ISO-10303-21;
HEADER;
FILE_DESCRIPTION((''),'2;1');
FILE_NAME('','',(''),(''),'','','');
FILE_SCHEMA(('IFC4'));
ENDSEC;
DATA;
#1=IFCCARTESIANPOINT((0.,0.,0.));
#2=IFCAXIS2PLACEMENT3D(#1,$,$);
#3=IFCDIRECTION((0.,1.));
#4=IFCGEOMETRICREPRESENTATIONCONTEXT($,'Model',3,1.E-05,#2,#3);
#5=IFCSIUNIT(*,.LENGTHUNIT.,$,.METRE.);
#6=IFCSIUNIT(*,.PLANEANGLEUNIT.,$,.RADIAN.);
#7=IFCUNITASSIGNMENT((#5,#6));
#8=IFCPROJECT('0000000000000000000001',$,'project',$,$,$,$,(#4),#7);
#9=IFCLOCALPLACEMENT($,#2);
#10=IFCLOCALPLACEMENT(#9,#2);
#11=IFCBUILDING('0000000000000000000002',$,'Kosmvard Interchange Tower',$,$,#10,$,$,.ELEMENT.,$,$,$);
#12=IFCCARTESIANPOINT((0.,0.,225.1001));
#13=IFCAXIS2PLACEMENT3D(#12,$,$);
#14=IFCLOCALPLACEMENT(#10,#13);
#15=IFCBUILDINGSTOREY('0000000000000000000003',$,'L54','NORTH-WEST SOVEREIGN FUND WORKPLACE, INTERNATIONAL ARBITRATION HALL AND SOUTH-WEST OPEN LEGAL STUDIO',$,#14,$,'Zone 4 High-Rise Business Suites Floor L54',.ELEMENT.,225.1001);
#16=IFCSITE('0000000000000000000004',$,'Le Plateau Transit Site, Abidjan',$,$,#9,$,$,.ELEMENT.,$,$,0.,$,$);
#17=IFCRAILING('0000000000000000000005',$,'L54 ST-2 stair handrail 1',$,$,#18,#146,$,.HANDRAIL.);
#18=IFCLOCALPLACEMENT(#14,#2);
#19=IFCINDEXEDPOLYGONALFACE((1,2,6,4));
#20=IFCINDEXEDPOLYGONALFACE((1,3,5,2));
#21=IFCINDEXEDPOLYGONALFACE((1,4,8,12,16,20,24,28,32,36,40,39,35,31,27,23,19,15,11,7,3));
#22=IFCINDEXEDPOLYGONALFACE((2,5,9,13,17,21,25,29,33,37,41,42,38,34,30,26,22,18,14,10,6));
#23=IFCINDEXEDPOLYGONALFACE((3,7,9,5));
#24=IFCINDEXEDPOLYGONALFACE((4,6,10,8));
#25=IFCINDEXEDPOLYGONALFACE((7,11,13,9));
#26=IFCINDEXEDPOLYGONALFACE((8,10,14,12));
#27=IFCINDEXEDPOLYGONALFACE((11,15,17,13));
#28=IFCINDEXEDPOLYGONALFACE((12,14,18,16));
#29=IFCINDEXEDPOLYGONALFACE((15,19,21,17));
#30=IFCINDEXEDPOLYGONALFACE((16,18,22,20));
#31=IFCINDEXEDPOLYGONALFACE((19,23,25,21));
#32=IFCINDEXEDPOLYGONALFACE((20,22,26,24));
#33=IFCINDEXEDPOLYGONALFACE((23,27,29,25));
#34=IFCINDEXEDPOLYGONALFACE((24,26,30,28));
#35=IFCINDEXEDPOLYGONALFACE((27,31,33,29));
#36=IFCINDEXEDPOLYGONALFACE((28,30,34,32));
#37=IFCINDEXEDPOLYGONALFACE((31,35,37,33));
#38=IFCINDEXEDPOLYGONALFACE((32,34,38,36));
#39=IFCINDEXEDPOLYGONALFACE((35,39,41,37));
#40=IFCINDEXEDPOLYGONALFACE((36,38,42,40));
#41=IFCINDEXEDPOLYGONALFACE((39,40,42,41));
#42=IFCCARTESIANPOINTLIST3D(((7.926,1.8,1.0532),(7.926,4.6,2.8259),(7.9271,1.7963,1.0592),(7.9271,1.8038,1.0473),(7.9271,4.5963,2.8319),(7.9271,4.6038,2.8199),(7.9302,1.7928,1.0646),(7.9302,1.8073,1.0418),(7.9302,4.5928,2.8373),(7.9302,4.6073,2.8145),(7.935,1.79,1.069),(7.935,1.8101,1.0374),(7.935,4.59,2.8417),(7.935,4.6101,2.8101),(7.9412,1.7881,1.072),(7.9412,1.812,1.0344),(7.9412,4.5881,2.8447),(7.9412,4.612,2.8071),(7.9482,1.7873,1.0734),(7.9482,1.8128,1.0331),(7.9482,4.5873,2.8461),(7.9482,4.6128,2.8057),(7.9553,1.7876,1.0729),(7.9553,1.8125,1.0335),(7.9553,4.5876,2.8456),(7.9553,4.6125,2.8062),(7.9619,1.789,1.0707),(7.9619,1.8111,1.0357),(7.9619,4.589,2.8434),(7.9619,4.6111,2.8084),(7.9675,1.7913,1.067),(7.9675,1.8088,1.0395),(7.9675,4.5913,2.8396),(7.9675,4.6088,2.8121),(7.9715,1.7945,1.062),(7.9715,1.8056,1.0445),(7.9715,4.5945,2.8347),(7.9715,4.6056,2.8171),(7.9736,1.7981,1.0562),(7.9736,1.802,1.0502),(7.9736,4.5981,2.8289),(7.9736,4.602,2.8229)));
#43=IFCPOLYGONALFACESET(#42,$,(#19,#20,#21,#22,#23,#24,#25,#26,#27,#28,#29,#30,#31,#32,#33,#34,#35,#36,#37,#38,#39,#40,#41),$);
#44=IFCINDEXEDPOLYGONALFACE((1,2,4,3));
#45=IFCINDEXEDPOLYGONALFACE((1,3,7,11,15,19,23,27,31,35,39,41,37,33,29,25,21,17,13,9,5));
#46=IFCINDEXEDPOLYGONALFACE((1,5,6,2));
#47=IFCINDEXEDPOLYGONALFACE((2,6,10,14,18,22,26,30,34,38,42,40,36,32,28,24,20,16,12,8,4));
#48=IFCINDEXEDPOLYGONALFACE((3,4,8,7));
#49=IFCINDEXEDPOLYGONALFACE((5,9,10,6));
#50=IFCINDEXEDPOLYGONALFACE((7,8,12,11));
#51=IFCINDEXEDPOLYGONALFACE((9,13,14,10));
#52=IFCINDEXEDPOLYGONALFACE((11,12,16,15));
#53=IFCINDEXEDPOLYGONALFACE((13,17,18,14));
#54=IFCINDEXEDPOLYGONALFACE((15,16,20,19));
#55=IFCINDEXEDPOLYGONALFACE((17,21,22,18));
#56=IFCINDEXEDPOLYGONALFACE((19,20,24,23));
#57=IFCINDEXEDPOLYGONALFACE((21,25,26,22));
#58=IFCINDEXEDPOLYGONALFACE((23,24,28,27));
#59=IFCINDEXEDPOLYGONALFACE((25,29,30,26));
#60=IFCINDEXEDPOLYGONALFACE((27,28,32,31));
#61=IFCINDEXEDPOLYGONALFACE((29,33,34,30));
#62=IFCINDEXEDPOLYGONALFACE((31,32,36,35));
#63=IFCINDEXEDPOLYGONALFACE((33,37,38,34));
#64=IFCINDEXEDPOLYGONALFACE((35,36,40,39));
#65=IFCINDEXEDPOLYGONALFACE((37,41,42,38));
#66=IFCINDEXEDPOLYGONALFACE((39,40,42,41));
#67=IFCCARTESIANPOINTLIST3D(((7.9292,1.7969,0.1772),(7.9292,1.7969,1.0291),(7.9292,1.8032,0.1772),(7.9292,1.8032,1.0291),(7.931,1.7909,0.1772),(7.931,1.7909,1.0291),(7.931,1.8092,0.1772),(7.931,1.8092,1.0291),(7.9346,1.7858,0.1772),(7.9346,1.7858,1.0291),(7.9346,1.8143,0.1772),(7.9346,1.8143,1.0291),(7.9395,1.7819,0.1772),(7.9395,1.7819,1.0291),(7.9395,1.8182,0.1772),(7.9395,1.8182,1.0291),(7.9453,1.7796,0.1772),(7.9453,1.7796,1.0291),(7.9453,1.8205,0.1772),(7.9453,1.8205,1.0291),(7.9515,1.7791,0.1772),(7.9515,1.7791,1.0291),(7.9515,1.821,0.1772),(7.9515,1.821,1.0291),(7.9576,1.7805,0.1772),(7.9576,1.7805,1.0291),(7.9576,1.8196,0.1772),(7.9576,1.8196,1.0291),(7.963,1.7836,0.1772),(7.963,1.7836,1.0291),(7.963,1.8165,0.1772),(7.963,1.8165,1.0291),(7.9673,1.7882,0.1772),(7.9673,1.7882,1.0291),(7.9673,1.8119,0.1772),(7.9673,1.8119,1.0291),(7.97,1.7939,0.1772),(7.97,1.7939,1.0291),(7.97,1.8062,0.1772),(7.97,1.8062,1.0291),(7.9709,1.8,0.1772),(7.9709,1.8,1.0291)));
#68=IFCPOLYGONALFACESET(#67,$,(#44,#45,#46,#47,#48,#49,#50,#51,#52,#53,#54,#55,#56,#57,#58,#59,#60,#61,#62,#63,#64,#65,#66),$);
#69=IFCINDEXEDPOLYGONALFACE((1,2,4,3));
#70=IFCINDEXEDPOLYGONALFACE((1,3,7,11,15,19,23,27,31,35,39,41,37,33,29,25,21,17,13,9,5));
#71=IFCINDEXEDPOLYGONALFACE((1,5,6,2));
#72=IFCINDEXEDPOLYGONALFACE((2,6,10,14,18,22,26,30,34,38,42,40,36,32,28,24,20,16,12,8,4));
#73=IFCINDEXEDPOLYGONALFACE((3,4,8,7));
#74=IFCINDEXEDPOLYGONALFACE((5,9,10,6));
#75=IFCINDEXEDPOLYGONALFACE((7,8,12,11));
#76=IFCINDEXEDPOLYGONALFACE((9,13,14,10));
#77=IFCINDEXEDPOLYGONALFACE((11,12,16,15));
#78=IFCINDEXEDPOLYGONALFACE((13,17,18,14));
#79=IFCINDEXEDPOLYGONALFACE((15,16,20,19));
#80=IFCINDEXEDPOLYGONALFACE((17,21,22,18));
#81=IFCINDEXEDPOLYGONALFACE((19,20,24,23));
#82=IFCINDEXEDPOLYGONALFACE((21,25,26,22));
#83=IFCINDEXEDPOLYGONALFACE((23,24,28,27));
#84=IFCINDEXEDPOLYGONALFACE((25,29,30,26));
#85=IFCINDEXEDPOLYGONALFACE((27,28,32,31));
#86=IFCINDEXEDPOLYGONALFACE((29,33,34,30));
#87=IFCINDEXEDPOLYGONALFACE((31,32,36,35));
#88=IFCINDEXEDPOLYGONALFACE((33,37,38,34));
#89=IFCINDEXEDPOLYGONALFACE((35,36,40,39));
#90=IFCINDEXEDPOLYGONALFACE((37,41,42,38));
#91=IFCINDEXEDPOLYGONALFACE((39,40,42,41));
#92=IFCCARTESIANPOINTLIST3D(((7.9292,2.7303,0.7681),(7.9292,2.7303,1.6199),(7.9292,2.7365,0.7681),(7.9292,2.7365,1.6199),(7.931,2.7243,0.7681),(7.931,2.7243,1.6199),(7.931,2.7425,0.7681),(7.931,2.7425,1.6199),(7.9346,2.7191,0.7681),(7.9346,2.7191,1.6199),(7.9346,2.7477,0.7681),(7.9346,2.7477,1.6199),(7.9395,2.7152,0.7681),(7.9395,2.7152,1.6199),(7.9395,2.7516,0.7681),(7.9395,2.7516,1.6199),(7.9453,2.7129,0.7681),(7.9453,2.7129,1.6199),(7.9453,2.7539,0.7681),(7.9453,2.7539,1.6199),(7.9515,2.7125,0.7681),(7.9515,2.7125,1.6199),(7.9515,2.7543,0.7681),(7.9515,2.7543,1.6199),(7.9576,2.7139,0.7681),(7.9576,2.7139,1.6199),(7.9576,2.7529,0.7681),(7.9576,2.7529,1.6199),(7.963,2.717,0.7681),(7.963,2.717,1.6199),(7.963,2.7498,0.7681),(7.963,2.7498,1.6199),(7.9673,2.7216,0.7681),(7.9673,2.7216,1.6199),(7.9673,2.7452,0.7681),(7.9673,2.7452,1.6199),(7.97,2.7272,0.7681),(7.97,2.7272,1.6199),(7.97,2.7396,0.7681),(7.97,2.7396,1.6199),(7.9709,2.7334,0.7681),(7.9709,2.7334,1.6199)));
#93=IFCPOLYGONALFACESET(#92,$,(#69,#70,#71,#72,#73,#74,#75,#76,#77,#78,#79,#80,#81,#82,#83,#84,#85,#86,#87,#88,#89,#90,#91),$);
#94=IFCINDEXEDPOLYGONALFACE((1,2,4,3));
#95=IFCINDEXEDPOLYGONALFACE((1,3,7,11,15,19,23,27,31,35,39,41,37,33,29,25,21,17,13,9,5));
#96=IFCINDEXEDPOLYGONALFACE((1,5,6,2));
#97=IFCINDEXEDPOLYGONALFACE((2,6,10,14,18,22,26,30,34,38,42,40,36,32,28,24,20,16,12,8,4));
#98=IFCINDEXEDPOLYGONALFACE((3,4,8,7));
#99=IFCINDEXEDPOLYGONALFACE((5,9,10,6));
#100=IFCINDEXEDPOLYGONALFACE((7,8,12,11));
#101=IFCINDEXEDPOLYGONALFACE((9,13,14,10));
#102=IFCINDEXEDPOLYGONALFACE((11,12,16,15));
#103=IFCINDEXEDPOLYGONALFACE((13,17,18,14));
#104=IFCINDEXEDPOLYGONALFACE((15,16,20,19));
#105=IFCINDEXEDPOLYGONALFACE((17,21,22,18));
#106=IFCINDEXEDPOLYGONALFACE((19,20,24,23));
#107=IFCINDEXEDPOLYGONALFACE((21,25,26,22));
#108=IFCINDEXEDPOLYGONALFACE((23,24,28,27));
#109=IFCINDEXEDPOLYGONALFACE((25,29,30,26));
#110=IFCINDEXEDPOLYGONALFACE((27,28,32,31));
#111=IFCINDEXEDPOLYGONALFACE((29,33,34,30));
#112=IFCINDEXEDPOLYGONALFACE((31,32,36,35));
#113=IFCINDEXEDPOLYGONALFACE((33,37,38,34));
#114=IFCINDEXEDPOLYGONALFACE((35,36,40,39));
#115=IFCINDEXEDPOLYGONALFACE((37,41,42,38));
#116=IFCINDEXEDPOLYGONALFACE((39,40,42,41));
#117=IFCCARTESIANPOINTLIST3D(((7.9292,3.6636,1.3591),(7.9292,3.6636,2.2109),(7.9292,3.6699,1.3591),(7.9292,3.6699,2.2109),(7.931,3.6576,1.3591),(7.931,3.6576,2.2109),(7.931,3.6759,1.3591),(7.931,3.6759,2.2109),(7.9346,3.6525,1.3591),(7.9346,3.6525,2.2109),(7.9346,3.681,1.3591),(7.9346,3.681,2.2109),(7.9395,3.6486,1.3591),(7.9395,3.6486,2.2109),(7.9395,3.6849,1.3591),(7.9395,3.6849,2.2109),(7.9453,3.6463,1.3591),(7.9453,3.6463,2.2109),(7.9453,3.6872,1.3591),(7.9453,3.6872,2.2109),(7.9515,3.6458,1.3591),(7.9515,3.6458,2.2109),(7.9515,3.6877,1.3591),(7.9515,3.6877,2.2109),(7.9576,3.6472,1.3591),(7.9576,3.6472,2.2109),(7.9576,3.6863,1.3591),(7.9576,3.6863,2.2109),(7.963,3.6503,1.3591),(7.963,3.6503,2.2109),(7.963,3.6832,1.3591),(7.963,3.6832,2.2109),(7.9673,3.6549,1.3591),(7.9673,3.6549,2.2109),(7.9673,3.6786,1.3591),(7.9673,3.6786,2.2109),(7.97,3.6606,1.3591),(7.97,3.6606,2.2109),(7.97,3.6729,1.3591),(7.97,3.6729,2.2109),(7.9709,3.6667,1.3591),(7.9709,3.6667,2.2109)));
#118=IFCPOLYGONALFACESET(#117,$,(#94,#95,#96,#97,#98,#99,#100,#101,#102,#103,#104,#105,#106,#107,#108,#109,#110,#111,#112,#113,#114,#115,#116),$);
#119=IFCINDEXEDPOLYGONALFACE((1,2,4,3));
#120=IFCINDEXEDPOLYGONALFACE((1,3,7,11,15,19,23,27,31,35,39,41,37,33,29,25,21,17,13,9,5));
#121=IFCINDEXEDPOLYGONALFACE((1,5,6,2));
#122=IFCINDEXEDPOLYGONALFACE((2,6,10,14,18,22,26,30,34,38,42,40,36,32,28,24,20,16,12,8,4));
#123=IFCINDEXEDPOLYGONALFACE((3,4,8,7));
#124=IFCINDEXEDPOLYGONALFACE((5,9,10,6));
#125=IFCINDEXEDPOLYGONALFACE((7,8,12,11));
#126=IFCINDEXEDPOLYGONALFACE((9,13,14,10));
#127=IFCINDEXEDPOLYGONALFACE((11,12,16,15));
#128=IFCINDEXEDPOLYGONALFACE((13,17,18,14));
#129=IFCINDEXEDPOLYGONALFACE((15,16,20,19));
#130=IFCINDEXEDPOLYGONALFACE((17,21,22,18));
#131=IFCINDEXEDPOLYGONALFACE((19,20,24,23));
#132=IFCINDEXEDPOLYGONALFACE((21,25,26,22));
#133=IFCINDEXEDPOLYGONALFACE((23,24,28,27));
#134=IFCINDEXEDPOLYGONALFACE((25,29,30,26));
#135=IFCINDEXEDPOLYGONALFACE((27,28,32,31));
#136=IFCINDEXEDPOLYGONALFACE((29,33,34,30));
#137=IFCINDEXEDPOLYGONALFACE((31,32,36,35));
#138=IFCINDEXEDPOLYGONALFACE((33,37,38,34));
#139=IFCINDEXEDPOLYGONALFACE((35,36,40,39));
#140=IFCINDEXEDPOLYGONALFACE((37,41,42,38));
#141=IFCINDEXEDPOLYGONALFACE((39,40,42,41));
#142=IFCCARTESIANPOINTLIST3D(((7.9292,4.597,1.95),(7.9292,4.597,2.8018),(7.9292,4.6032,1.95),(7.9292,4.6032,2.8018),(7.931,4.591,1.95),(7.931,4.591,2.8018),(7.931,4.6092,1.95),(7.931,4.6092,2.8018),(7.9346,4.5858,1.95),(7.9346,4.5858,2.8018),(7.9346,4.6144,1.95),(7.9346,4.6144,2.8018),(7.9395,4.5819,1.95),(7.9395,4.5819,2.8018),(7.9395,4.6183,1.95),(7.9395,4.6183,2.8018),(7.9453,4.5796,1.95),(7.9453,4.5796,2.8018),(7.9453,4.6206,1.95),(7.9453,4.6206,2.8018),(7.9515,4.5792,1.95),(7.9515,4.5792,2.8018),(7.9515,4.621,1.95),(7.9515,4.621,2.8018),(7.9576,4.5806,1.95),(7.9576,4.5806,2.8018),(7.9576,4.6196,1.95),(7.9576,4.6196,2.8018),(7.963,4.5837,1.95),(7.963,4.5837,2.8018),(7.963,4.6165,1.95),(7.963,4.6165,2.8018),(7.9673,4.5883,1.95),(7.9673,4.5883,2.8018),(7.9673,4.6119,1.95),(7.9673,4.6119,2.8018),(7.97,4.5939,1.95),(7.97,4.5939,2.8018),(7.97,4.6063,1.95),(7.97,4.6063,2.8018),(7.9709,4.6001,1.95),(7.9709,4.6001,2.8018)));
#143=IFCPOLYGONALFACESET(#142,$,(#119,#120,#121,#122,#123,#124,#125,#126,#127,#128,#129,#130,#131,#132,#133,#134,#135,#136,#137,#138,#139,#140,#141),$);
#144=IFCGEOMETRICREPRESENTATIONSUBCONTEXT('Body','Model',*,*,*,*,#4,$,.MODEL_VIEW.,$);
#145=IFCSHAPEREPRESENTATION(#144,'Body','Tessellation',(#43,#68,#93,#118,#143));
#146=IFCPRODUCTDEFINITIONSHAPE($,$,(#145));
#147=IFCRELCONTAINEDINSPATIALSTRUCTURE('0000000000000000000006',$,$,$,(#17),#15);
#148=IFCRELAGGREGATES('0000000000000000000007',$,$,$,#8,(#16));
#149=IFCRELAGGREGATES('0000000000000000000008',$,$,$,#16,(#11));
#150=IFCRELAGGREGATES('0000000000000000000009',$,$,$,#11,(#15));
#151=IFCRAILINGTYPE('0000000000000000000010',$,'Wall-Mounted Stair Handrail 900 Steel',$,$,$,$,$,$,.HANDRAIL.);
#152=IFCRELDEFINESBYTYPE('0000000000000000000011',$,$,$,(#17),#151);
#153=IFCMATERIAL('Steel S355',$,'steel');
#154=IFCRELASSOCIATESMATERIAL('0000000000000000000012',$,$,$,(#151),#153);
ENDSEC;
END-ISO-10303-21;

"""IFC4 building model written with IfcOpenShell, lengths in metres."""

from ifc_helpers import new_model, si_unit, direction, frame, origin, origin_2d, place, context, subcontext, project, spatial, circle, extrude, source, transform, mapped, material, type_object, element, save


model = new_model("IFC4")

# Units and contexts
model_context = context("Model", 3, precision=1e-05, world=origin(), true_north=direction((0.0, 1.0)))
body_context = subcontext(model_context, "Body", "Model", "MODEL_VIEW")
ifc_project = project(units=[si_unit("LENGTHUNIT", "METRE"), si_unit("PLANEANGLEUNIT", "RADIAN")], contexts=[model_context])

# Site, building, storey
site_placement = place(None, origin())
site = spatial("IfcSite", under=ifc_project, at=site_placement, Name="Le Plateau Transit Site, Abidjan", CompositionType="ELEMENT", RefElevation=0.0)
building_placement = place(site_placement, origin())
building = spatial("IfcBuilding", under=site, at=building_placement, Name="Kosmvard Interchange Tower", CompositionType="ELEMENT")
storey_placement = place(building_placement, frame((0.0, 0.0, 225.1001)))
storey = spatial("IfcBuildingStorey", under=building, at=storey_placement, Name="L54", Description="NORTH-WEST SOVEREIGN FUND WORKPLACE, INTERNATIONAL ARBITRATION HALL AND SOUTH-WEST OPEN LEGAL STUDIO", LongName="Zone 4 High-Rise Business Suites Floor L54", CompositionType="ELEMENT", Elevation=225.1001)

# Railing
ifc_material_1 = material(Name="Steel S355", Category="steel")
railing_type_1 = type_object("IfcRailingType", Name="Wall-Mounted Stair Handrail 900 Steel", PredefinedType="HANDRAIL", material=ifc_material_1)
shared_shape_1 = source(origin(), body_context, "Body", "SweptSolid", [
    extrude(circle(Radius=0.0239, at=origin_2d()), frame((0.0, 0.0, 0.876), z_axis=(0.0, 0.844909, 0.53491), x_axis=(-1.0, 0.0, 0.0)), (0.0, 0.0, 1.0), 3.314),
    extrude(circle(Radius=0.021, at=origin_2d()), origin(), (0.0, 0.0, 1.0), 0.8518),
    extrude(circle(Radius=0.021, at=origin_2d()), frame((0.0, 0.9333, 0.5908)), (0.0, 0.0, 1.0), 0.8518),
    extrude(circle(Radius=0.021, at=origin_2d()), frame((0.0, 1.8667, 1.1819)), (0.0, 0.0, 1.0), 0.8518),
    extrude(circle(Radius=0.021, at=origin_2d()), frame((0.0, 2.8, 1.7727)), (0.0, 0.0, 1.0), 0.8518),
])
railing_1_placement = place(storey_placement, frame((7.95, 1.8, 0.1772)))
element("IfcRailing", 1, at=railing_1_placement, inside=storey, type_object=railing_type_1, Name="L54 ST-2 stair handrail 1", PredefinedType="HANDRAIL", context=body_context, shape_type="MappedRepresentation", body=[
    mapped(shared_shape_1, transform((0.0, 0.0, 0.0), scale=1.0)),
])

save(model, "model.ifc")
